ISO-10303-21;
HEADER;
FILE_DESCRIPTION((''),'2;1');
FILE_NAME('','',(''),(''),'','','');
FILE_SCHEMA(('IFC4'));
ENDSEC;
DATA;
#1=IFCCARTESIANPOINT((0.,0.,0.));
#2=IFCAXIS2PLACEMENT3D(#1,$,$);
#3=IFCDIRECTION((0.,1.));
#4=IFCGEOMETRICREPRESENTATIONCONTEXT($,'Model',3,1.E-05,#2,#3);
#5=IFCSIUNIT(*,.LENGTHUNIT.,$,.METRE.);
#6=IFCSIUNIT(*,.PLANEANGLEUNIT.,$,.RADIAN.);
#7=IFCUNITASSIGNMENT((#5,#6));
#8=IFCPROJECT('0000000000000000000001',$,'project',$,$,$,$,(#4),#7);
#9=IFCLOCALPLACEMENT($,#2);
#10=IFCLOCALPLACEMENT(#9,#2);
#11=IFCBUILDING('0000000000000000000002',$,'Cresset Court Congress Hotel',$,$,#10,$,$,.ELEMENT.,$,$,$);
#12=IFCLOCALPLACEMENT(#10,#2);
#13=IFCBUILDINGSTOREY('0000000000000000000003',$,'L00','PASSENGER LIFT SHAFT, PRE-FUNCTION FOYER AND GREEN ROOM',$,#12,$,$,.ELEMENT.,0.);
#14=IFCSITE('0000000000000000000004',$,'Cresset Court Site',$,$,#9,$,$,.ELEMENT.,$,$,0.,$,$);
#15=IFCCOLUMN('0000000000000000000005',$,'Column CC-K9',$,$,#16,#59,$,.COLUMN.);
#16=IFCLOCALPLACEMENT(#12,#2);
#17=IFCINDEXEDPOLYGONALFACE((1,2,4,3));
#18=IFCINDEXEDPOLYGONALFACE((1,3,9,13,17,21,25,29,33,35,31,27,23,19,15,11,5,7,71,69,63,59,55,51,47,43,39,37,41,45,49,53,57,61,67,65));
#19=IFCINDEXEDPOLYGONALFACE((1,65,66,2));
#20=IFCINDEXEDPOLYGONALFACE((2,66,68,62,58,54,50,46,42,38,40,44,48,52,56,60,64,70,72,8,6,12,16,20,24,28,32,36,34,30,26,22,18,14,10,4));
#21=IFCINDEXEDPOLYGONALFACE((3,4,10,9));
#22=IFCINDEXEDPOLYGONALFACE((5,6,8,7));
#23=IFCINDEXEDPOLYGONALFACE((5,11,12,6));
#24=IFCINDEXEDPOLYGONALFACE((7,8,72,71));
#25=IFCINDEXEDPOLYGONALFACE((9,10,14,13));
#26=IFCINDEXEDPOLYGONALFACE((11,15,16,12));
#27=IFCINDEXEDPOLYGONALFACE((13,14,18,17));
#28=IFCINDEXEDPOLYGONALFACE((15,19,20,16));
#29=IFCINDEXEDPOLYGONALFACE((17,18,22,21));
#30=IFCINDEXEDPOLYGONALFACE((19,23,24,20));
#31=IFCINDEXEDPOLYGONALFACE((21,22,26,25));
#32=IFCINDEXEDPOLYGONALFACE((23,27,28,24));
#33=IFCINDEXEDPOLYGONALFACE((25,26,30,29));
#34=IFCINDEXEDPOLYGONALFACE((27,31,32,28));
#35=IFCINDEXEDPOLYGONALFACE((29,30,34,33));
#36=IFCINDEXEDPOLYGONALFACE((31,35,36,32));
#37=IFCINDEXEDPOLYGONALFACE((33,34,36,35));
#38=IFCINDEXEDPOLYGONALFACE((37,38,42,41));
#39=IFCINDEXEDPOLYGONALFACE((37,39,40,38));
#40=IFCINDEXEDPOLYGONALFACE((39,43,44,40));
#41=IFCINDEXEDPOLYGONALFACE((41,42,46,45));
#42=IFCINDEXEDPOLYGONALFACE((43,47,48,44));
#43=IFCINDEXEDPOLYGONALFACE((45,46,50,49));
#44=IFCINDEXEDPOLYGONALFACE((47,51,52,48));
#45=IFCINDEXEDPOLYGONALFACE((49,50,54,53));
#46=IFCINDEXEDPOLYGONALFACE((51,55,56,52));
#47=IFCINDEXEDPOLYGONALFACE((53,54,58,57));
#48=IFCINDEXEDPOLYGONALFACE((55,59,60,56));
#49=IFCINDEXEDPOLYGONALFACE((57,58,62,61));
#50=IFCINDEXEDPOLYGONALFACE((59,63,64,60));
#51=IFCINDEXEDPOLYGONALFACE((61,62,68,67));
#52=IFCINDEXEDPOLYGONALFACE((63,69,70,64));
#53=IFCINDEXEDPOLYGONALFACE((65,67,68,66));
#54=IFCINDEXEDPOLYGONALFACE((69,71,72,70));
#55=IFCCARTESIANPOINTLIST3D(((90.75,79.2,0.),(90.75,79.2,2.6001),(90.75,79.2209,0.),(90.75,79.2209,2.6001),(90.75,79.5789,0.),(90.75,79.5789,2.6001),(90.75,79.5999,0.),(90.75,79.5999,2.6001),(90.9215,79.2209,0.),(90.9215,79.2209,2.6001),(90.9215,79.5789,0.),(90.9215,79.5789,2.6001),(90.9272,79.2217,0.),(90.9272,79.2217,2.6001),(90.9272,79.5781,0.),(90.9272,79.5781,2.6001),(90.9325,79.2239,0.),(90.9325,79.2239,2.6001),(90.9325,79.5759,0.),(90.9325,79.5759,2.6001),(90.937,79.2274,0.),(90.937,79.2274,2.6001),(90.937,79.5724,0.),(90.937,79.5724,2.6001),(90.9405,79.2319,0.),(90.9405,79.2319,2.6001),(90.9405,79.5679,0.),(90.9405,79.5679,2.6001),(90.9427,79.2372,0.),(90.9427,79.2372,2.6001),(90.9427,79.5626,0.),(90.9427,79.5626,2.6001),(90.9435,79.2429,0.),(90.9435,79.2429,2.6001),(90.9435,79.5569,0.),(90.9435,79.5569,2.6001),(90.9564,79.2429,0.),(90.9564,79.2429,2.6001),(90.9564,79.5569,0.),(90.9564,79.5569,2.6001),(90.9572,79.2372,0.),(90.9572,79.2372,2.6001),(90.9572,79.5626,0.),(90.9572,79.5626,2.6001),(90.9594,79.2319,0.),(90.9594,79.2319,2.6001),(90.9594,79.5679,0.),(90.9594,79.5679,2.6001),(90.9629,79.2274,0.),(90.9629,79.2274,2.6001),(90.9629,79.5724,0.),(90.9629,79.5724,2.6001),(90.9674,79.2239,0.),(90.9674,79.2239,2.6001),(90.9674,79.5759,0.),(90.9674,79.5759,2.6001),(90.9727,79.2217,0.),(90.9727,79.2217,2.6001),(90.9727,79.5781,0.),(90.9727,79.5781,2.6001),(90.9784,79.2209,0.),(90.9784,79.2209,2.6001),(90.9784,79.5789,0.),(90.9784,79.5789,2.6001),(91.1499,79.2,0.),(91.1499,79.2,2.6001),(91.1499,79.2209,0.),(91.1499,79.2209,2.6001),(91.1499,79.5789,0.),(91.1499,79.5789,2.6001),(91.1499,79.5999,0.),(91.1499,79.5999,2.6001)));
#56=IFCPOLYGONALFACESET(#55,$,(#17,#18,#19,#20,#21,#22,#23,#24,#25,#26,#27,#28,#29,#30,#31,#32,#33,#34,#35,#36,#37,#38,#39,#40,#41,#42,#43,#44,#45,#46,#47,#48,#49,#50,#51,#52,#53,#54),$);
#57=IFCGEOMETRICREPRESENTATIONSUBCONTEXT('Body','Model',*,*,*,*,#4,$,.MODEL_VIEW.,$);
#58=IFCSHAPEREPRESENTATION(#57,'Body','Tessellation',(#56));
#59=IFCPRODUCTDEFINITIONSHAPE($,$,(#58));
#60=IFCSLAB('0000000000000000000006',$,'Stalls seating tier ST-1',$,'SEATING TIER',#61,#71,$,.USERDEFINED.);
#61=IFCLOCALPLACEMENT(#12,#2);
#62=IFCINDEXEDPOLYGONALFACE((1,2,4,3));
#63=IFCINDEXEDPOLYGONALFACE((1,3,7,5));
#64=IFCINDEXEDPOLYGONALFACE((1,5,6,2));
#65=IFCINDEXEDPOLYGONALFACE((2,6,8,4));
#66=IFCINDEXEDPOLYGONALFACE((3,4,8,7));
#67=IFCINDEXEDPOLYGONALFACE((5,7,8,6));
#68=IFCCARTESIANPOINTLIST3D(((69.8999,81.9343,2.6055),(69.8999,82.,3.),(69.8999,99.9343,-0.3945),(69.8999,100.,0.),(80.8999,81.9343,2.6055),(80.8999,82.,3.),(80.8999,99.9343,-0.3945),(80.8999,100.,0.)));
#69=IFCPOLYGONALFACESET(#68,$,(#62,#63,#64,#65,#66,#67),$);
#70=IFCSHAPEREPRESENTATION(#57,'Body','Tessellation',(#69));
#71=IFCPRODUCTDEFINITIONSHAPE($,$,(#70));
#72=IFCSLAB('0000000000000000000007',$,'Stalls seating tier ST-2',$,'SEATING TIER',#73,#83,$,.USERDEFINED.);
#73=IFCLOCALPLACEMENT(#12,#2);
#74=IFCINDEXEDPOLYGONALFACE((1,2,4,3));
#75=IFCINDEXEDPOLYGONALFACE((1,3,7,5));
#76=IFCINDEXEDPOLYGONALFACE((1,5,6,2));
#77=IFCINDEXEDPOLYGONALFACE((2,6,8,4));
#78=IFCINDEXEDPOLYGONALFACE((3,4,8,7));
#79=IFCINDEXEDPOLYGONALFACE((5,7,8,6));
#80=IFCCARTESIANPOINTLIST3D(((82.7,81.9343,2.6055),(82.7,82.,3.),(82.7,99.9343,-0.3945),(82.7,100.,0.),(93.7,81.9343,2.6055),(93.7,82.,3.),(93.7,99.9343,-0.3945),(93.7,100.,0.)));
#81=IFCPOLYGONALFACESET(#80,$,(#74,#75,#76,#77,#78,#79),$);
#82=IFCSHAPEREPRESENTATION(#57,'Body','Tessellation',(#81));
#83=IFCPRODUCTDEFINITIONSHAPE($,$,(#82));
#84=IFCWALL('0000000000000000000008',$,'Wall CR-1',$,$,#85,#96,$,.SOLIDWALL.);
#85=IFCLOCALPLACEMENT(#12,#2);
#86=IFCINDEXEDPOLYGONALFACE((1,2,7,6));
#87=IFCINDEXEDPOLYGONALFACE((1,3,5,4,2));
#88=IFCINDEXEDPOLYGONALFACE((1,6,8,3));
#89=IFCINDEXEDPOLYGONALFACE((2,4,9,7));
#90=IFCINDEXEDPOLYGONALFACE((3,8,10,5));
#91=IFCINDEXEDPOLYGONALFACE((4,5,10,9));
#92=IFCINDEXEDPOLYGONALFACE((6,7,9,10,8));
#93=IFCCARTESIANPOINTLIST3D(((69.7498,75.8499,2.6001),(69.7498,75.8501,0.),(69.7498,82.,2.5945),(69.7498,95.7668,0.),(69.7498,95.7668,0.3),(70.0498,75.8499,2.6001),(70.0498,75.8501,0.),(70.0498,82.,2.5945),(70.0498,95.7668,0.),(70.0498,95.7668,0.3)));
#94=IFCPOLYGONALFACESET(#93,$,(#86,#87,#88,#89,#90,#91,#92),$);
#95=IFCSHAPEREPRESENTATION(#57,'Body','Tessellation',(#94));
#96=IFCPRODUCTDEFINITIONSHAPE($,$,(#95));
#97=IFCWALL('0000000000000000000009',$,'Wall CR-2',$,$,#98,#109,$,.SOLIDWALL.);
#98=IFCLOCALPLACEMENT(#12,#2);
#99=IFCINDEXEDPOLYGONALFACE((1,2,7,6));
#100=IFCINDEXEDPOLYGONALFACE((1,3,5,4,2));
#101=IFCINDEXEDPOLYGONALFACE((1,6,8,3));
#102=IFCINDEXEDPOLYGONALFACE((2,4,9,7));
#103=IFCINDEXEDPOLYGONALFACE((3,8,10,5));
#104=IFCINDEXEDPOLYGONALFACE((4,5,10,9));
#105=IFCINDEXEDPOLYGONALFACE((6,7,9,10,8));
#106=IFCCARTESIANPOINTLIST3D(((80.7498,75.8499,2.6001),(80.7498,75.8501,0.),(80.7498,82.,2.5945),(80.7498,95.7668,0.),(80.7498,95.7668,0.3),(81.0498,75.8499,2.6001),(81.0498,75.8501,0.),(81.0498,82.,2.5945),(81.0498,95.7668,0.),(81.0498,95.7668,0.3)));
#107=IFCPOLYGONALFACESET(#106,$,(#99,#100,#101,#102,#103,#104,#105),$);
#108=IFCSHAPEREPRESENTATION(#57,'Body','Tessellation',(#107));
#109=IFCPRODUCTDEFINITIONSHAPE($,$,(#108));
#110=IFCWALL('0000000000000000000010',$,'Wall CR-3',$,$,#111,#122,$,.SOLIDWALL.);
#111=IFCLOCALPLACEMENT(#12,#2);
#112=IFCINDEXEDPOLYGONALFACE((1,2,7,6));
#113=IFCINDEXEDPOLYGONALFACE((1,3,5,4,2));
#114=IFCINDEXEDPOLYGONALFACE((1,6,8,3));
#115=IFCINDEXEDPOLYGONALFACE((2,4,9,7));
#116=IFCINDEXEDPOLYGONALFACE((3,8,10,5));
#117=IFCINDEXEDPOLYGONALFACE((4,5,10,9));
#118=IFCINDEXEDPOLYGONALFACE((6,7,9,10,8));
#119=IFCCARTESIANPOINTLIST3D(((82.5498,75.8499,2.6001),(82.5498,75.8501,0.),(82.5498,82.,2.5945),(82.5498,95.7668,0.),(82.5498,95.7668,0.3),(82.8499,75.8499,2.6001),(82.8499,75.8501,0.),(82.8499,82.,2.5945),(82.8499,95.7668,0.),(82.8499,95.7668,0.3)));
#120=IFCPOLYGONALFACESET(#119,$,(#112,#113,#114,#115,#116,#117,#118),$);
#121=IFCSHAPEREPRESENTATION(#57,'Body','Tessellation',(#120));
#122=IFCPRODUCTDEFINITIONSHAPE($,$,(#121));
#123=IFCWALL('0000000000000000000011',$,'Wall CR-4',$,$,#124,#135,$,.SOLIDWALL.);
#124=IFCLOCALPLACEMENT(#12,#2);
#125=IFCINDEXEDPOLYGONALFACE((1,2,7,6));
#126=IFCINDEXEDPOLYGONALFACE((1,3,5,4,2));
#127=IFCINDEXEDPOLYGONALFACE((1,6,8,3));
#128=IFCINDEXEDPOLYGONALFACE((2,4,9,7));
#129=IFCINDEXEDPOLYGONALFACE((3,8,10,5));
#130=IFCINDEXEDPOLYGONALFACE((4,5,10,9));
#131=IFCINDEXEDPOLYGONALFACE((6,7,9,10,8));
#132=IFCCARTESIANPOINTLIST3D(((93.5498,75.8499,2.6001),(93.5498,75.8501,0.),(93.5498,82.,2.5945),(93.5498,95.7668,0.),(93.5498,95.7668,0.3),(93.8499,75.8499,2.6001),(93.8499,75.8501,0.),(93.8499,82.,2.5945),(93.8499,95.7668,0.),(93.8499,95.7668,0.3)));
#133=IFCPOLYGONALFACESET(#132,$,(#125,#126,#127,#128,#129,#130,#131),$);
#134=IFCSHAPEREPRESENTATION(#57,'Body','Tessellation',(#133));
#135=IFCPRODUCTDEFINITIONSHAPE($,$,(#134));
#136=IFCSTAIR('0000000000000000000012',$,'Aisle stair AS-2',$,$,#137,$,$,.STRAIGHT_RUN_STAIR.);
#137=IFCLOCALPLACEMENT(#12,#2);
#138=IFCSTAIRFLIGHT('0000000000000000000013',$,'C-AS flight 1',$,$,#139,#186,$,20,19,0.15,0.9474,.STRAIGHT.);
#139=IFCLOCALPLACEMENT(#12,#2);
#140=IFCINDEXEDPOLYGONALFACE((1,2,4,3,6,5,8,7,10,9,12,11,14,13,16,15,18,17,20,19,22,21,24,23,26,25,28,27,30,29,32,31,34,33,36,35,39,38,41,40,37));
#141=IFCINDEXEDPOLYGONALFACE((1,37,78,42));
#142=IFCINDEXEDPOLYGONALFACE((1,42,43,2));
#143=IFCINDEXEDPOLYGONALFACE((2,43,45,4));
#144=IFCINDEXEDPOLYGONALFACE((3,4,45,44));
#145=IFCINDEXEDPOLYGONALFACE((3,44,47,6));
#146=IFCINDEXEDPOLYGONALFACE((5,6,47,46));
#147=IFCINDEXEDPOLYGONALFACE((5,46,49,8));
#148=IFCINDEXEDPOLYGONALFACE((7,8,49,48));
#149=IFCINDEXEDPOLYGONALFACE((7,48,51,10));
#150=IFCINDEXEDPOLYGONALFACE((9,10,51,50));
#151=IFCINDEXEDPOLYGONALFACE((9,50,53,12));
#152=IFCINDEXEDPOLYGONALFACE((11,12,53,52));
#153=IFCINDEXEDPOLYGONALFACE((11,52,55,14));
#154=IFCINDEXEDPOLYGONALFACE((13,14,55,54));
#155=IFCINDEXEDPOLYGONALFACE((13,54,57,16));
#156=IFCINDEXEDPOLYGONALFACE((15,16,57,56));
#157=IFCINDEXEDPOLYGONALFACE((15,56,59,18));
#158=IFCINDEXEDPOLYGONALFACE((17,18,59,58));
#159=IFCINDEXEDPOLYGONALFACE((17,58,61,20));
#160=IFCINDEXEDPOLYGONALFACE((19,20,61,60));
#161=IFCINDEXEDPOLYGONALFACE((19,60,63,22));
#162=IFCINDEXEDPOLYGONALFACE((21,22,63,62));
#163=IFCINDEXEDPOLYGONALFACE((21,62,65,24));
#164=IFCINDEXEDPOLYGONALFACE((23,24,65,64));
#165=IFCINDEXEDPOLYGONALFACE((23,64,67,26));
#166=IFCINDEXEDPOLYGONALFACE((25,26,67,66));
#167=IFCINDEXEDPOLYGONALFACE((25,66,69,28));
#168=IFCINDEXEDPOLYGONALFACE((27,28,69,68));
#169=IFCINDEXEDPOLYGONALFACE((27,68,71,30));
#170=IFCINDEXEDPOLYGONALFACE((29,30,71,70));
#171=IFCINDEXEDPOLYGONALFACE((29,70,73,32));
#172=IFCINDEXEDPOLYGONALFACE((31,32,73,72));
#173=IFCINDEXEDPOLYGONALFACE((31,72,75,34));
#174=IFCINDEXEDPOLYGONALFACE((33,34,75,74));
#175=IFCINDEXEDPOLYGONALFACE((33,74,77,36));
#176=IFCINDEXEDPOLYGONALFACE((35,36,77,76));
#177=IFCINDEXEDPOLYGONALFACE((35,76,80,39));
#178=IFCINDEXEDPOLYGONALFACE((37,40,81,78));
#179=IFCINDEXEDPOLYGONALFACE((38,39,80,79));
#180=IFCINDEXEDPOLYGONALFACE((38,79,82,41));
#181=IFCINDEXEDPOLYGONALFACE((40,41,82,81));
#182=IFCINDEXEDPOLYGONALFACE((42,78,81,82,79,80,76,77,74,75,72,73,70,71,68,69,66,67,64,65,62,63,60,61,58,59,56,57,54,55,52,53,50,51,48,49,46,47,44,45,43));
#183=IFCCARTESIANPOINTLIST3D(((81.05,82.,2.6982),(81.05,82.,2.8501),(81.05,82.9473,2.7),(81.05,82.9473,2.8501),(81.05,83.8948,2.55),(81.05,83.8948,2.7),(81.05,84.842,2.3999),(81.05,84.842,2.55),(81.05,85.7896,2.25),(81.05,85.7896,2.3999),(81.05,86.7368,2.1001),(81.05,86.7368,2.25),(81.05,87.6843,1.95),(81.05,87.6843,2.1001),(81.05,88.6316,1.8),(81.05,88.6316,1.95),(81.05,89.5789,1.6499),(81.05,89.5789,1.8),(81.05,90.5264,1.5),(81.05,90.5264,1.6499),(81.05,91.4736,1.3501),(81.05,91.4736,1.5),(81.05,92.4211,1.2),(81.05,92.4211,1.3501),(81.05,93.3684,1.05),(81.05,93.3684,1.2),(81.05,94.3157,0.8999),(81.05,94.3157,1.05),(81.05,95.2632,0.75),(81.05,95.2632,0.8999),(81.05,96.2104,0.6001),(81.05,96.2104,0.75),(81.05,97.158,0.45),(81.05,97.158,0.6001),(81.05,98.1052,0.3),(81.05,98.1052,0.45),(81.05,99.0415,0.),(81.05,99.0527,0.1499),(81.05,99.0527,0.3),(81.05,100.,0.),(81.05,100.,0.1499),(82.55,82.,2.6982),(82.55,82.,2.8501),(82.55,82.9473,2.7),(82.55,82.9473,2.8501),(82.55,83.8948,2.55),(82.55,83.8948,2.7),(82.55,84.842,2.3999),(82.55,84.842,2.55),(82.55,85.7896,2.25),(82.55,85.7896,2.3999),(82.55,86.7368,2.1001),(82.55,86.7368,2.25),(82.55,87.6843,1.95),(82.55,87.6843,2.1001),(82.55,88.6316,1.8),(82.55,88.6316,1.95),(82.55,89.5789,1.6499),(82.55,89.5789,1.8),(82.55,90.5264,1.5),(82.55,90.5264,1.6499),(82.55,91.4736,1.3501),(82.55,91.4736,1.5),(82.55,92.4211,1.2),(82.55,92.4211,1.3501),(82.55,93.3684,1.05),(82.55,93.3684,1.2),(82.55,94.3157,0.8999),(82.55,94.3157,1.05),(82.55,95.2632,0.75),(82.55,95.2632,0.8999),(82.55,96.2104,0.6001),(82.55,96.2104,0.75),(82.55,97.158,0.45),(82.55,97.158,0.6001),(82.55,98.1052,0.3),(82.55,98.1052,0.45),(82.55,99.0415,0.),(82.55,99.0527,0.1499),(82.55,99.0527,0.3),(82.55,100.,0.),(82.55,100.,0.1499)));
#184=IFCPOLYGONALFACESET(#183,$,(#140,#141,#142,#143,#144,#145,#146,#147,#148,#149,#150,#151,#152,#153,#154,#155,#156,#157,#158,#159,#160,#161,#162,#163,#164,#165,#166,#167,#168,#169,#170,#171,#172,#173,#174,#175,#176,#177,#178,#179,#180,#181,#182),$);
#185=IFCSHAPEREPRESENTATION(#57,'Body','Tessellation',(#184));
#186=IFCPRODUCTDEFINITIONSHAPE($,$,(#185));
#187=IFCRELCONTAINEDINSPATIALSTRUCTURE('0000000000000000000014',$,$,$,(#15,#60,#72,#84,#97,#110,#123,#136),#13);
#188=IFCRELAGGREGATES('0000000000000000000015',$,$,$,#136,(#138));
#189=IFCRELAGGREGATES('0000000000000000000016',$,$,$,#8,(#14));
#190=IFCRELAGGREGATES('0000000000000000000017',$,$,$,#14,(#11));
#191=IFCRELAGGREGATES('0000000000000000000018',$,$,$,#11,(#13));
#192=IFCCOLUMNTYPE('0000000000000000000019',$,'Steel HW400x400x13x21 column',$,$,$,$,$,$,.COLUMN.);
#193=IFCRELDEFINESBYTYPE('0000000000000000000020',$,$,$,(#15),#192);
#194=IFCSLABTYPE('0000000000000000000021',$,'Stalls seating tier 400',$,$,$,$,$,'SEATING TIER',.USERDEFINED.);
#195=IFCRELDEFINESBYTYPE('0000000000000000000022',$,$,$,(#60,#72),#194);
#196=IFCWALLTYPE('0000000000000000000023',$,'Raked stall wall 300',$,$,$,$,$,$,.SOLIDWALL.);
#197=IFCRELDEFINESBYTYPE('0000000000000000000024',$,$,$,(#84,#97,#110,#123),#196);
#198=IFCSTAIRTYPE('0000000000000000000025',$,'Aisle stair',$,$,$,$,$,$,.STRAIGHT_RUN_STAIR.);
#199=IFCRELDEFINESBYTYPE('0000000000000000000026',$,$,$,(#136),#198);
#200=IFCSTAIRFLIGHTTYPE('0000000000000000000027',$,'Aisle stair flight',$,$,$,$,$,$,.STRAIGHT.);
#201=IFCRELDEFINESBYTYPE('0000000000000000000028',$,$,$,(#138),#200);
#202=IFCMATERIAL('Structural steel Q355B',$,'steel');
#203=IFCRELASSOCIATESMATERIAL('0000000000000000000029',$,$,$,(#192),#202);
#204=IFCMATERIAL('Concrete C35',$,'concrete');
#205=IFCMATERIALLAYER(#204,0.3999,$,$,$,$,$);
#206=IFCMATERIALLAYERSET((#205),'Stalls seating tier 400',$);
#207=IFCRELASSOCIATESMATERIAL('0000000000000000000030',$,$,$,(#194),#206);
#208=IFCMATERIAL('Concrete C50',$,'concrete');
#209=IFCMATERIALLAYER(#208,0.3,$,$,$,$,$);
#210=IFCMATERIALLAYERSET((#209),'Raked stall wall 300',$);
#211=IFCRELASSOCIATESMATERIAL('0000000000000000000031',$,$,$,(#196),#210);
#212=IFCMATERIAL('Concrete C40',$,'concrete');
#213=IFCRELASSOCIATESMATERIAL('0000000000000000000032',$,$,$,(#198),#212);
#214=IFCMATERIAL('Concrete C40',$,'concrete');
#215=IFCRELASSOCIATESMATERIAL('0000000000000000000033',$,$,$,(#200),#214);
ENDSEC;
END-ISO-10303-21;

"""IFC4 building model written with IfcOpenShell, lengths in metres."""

from ifc_helpers import new_model, si_unit, direction, frame, origin, origin_2d, place, context, subcontext, project, spatial, polyline, i_section, outline, extrude, material, layer, layer_set, material_profile, profile_set, type_object, element, aggregate, save


model = new_model("IFC4")

# Units and contexts
model_context = context("Model", 3, precision=1e-05, world=origin(), true_north=direction((0.0, 1.0)))
body_context = subcontext(model_context, "Body", "Model", "MODEL_VIEW")
ifc_project = project(units=[si_unit("LENGTHUNIT", "METRE"), si_unit("PLANEANGLEUNIT", "RADIAN")], contexts=[model_context])

# Site, building, storey
site_placement = place(None, origin())
site = spatial("IfcSite", under=ifc_project, at=site_placement, Name="Cresset Court Site", CompositionType="ELEMENT", RefElevation=0.0)
building_placement = place(site_placement, origin())
building = spatial("IfcBuilding", under=site, at=building_placement, Name="Cresset Court Congress Hotel", CompositionType="ELEMENT")
storey_placement = place(building_placement, origin())
storey = spatial("IfcBuildingStorey", under=building, at=storey_placement, Name="L00", Description="PASSENGER LIFT SHAFT, PRE-FUNCTION FOYER AND GREEN ROOM", CompositionType="ELEMENT", Elevation=0.0)

# Column
ifc_material_1 = material(Name="Structural steel Q355B", Category="steel")
ifc_material_profile = material_profile(ifc_material_1, i_section(OverallWidth=0.3999, OverallDepth=0.3999, WebThickness=0.0129, FlangeThickness=0.021, FilletRadius=0.022, at=origin_2d()), Name="HW400x400x13x21")
ifc_profile_set = profile_set([ifc_material_profile], Name="Structural steel Q355B")
column_type = type_object("IfcColumnType", Name="Steel HW400x400x13x21 column", PredefinedType="COLUMN", material=ifc_profile_set)
column_placement = place(storey_placement, frame((90.95, 79.3999, 0.0), z_axis=(0.0, 0.0, 1.0), x_axis=(1.0, 0.0, 0.0)))
element("IfcColumn", 1, at=column_placement, inside=storey, type_object=column_type, Name="Column CC-K9", PredefinedType="COLUMN", context=body_context, shape_type="SweptSolid", body=[
    extrude(i_section(OverallWidth=0.3999, OverallDepth=0.3999, WebThickness=0.0129, FlangeThickness=0.021, FilletRadius=0.022, at=origin_2d()), origin(), (0.0, 0.0, 1.0), 2.6001),
])

# Slabs
ifc_material_2 = material(Name="Concrete C35", Category="concrete")
ifc_layer_1 = layer(ifc_material_2, 0.3999)
ifc_layer_set_1 = layer_set([ifc_layer_1], Name="Stalls seating tier 400")
slab_type = type_object("IfcSlabType", Name="Stalls seating tier 400", ElementType="SEATING TIER", PredefinedType="USERDEFINED", material=ifc_layer_set_1)
for number, where, z_axis, x_axis, name in (
    (2, (69.8999, 100.0, 0.0), (0.0, 0.164399, 0.986394), (1.0, 0.0, 0.0), "Stalls seating tier ST-1"),
    (3, (82.7, 100.0, 0.0), (0.0, 0.164399, 0.986394), (1.0, 0.0, 0.0), "Stalls seating tier ST-2"),
):
    element("IfcSlab", number, at=place(storey_placement, frame(where, z_axis=z_axis, x_axis=x_axis)), inside=storey, type_object=slab_type, Name=name, ObjectType="SEATING TIER", PredefinedType="USERDEFINED", context=body_context, shape_type="SweptSolid", body=[
        extrude(outline(polyline([(0.0, 0.0), (11.0, 0.0), (11.0, -18.2483), (0.0, -18.2483), (0.0, 0.0)])), origin(), (0.0, 0.0, -1.0), 0.3999),
    ])

# Walls
ifc_material_3 = material(Name="Concrete C50", Category="concrete")
ifc_layer_2 = layer(ifc_material_3, 0.3)
ifc_layer_set_2 = layer_set([ifc_layer_2], Name="Raked stall wall 300")
wall_type = type_object("IfcWallType", Name="Raked stall wall 300", PredefinedType="SOLIDWALL", material=ifc_layer_set_2)
for number, where, z_axis, x_axis, name in (
    (4, (69.8999, 95.7668, 0.0), (0.0, 0.0, 1.0), (0.0, -1.0, 0.0), "Wall CR-1"),
    (5, (80.8999, 95.7668, 0.0), (0.0, 0.0, 1.0), (0.0, -1.0, 0.0), "Wall CR-2"),
    (6, (82.7, 95.7668, 0.0), (0.0, 0.0, 1.0), (0.0, -1.0, 0.0), "Wall CR-3"),
    (7, (93.7, 95.7668, 0.0), (0.0, 0.0, 1.0), (0.0, -1.0, 0.0), "Wall CR-4"),
):
    element("IfcWall", number, at=place(storey_placement, frame(where, z_axis=z_axis, x_axis=x_axis)), inside=storey, type_object=wall_type, Name=name, PredefinedType="SOLIDWALL", context=body_context, shape_type="SweptSolid", body=[
        extrude(outline(polyline([(0.0, 0.0), (19.9167, 0.0), (19.917, 2.6001), (13.7668, 2.5945), (0.0, 0.3), (0.0, 0.0)])), frame((0.0, 0.1499, 0.0), z_axis=(0.0, -1.0, 0.0), x_axis=(1.0, 0.0, 0.0)), (0.0, 0.0, 1.0), 0.3),
    ])

# Stair, stair flight
ifc_material_4 = material(Name="Concrete C40", Category="concrete")
stair_type = type_object("IfcStairType", Name="Aisle stair", PredefinedType="STRAIGHT_RUN_STAIR", material=ifc_material_4)
stair_placement = place(storey_placement, origin())
stair = element("IfcStair", 8, at=stair_placement, inside=storey, type_object=stair_type, Name="Aisle stair AS-2", PredefinedType="STRAIGHT_RUN_STAIR")
ifc_material_5 = material(Name="Concrete C40", Category="concrete")
stair_flight_type = type_object("IfcStairFlightType", Name="Aisle stair flight", PredefinedType="STRAIGHT", material=ifc_material_5)
stair_flight_placement = place(storey_placement, frame((81.8, 100.0, 0.0), z_axis=(0.0, 0.0, 1.0), x_axis=(0.0, -1.0, 0.0)))
stair_flight = element("IfcStairFlight", 9, at=stair_flight_placement, type_object=stair_flight_type, Name="C-AS flight 1", NumberOfRisers=20, NumberOfTreads=19, PredefinedType="STRAIGHT", RiserHeight=0.15, TreadLength=0.9474, context=body_context, shape_type="SweptSolid", body=[
    extrude(outline(polyline([(0.0, 0.0), (0.0, 0.1499), (0.9473, 0.1499), (0.9473, 0.3), (1.8948, 0.3), (1.8948, 0.45), (2.842, 0.45), (2.842, 0.6001), (3.7896, 0.6001), (3.7896, 0.75), (4.7368, 0.75), (4.7368, 0.8999), (5.6843, 0.8999), (5.6843, 1.05), (6.6316, 1.05), (6.6316, 1.2), (7.5789, 1.2), (7.5789, 1.3501), (8.5264, 1.3501), (8.5264, 1.5), (9.4736, 1.5), (9.4736, 1.6499), (10.4211, 1.6499), (10.4211, 1.8), (11.3684, 1.8), (11.3684, 1.95), (12.3157, 1.95), (12.3157, 2.1001), (13.2632, 2.1001), (13.2632, 2.25), (14.2104, 2.25), (14.2104, 2.3999), (15.158, 2.3999), (15.158, 2.55), (16.1052, 2.55), (16.1052, 2.7), (17.0527, 2.7), (17.0527, 2.8501), (18.0, 2.8501), (18.0, 3.0), (18.0, 2.6982), (0.9585, 0.0), (0.0, 0.0)])), frame((0.0, 0.75, 0.0), z_axis=(0.0, -1.0, 0.0), x_axis=(1.0, 0.0, 0.0)), (0.0, 0.0, 1.0), 1.5),
])
aggregate(stair, [stair_flight])

save(model, "model.ifc")
